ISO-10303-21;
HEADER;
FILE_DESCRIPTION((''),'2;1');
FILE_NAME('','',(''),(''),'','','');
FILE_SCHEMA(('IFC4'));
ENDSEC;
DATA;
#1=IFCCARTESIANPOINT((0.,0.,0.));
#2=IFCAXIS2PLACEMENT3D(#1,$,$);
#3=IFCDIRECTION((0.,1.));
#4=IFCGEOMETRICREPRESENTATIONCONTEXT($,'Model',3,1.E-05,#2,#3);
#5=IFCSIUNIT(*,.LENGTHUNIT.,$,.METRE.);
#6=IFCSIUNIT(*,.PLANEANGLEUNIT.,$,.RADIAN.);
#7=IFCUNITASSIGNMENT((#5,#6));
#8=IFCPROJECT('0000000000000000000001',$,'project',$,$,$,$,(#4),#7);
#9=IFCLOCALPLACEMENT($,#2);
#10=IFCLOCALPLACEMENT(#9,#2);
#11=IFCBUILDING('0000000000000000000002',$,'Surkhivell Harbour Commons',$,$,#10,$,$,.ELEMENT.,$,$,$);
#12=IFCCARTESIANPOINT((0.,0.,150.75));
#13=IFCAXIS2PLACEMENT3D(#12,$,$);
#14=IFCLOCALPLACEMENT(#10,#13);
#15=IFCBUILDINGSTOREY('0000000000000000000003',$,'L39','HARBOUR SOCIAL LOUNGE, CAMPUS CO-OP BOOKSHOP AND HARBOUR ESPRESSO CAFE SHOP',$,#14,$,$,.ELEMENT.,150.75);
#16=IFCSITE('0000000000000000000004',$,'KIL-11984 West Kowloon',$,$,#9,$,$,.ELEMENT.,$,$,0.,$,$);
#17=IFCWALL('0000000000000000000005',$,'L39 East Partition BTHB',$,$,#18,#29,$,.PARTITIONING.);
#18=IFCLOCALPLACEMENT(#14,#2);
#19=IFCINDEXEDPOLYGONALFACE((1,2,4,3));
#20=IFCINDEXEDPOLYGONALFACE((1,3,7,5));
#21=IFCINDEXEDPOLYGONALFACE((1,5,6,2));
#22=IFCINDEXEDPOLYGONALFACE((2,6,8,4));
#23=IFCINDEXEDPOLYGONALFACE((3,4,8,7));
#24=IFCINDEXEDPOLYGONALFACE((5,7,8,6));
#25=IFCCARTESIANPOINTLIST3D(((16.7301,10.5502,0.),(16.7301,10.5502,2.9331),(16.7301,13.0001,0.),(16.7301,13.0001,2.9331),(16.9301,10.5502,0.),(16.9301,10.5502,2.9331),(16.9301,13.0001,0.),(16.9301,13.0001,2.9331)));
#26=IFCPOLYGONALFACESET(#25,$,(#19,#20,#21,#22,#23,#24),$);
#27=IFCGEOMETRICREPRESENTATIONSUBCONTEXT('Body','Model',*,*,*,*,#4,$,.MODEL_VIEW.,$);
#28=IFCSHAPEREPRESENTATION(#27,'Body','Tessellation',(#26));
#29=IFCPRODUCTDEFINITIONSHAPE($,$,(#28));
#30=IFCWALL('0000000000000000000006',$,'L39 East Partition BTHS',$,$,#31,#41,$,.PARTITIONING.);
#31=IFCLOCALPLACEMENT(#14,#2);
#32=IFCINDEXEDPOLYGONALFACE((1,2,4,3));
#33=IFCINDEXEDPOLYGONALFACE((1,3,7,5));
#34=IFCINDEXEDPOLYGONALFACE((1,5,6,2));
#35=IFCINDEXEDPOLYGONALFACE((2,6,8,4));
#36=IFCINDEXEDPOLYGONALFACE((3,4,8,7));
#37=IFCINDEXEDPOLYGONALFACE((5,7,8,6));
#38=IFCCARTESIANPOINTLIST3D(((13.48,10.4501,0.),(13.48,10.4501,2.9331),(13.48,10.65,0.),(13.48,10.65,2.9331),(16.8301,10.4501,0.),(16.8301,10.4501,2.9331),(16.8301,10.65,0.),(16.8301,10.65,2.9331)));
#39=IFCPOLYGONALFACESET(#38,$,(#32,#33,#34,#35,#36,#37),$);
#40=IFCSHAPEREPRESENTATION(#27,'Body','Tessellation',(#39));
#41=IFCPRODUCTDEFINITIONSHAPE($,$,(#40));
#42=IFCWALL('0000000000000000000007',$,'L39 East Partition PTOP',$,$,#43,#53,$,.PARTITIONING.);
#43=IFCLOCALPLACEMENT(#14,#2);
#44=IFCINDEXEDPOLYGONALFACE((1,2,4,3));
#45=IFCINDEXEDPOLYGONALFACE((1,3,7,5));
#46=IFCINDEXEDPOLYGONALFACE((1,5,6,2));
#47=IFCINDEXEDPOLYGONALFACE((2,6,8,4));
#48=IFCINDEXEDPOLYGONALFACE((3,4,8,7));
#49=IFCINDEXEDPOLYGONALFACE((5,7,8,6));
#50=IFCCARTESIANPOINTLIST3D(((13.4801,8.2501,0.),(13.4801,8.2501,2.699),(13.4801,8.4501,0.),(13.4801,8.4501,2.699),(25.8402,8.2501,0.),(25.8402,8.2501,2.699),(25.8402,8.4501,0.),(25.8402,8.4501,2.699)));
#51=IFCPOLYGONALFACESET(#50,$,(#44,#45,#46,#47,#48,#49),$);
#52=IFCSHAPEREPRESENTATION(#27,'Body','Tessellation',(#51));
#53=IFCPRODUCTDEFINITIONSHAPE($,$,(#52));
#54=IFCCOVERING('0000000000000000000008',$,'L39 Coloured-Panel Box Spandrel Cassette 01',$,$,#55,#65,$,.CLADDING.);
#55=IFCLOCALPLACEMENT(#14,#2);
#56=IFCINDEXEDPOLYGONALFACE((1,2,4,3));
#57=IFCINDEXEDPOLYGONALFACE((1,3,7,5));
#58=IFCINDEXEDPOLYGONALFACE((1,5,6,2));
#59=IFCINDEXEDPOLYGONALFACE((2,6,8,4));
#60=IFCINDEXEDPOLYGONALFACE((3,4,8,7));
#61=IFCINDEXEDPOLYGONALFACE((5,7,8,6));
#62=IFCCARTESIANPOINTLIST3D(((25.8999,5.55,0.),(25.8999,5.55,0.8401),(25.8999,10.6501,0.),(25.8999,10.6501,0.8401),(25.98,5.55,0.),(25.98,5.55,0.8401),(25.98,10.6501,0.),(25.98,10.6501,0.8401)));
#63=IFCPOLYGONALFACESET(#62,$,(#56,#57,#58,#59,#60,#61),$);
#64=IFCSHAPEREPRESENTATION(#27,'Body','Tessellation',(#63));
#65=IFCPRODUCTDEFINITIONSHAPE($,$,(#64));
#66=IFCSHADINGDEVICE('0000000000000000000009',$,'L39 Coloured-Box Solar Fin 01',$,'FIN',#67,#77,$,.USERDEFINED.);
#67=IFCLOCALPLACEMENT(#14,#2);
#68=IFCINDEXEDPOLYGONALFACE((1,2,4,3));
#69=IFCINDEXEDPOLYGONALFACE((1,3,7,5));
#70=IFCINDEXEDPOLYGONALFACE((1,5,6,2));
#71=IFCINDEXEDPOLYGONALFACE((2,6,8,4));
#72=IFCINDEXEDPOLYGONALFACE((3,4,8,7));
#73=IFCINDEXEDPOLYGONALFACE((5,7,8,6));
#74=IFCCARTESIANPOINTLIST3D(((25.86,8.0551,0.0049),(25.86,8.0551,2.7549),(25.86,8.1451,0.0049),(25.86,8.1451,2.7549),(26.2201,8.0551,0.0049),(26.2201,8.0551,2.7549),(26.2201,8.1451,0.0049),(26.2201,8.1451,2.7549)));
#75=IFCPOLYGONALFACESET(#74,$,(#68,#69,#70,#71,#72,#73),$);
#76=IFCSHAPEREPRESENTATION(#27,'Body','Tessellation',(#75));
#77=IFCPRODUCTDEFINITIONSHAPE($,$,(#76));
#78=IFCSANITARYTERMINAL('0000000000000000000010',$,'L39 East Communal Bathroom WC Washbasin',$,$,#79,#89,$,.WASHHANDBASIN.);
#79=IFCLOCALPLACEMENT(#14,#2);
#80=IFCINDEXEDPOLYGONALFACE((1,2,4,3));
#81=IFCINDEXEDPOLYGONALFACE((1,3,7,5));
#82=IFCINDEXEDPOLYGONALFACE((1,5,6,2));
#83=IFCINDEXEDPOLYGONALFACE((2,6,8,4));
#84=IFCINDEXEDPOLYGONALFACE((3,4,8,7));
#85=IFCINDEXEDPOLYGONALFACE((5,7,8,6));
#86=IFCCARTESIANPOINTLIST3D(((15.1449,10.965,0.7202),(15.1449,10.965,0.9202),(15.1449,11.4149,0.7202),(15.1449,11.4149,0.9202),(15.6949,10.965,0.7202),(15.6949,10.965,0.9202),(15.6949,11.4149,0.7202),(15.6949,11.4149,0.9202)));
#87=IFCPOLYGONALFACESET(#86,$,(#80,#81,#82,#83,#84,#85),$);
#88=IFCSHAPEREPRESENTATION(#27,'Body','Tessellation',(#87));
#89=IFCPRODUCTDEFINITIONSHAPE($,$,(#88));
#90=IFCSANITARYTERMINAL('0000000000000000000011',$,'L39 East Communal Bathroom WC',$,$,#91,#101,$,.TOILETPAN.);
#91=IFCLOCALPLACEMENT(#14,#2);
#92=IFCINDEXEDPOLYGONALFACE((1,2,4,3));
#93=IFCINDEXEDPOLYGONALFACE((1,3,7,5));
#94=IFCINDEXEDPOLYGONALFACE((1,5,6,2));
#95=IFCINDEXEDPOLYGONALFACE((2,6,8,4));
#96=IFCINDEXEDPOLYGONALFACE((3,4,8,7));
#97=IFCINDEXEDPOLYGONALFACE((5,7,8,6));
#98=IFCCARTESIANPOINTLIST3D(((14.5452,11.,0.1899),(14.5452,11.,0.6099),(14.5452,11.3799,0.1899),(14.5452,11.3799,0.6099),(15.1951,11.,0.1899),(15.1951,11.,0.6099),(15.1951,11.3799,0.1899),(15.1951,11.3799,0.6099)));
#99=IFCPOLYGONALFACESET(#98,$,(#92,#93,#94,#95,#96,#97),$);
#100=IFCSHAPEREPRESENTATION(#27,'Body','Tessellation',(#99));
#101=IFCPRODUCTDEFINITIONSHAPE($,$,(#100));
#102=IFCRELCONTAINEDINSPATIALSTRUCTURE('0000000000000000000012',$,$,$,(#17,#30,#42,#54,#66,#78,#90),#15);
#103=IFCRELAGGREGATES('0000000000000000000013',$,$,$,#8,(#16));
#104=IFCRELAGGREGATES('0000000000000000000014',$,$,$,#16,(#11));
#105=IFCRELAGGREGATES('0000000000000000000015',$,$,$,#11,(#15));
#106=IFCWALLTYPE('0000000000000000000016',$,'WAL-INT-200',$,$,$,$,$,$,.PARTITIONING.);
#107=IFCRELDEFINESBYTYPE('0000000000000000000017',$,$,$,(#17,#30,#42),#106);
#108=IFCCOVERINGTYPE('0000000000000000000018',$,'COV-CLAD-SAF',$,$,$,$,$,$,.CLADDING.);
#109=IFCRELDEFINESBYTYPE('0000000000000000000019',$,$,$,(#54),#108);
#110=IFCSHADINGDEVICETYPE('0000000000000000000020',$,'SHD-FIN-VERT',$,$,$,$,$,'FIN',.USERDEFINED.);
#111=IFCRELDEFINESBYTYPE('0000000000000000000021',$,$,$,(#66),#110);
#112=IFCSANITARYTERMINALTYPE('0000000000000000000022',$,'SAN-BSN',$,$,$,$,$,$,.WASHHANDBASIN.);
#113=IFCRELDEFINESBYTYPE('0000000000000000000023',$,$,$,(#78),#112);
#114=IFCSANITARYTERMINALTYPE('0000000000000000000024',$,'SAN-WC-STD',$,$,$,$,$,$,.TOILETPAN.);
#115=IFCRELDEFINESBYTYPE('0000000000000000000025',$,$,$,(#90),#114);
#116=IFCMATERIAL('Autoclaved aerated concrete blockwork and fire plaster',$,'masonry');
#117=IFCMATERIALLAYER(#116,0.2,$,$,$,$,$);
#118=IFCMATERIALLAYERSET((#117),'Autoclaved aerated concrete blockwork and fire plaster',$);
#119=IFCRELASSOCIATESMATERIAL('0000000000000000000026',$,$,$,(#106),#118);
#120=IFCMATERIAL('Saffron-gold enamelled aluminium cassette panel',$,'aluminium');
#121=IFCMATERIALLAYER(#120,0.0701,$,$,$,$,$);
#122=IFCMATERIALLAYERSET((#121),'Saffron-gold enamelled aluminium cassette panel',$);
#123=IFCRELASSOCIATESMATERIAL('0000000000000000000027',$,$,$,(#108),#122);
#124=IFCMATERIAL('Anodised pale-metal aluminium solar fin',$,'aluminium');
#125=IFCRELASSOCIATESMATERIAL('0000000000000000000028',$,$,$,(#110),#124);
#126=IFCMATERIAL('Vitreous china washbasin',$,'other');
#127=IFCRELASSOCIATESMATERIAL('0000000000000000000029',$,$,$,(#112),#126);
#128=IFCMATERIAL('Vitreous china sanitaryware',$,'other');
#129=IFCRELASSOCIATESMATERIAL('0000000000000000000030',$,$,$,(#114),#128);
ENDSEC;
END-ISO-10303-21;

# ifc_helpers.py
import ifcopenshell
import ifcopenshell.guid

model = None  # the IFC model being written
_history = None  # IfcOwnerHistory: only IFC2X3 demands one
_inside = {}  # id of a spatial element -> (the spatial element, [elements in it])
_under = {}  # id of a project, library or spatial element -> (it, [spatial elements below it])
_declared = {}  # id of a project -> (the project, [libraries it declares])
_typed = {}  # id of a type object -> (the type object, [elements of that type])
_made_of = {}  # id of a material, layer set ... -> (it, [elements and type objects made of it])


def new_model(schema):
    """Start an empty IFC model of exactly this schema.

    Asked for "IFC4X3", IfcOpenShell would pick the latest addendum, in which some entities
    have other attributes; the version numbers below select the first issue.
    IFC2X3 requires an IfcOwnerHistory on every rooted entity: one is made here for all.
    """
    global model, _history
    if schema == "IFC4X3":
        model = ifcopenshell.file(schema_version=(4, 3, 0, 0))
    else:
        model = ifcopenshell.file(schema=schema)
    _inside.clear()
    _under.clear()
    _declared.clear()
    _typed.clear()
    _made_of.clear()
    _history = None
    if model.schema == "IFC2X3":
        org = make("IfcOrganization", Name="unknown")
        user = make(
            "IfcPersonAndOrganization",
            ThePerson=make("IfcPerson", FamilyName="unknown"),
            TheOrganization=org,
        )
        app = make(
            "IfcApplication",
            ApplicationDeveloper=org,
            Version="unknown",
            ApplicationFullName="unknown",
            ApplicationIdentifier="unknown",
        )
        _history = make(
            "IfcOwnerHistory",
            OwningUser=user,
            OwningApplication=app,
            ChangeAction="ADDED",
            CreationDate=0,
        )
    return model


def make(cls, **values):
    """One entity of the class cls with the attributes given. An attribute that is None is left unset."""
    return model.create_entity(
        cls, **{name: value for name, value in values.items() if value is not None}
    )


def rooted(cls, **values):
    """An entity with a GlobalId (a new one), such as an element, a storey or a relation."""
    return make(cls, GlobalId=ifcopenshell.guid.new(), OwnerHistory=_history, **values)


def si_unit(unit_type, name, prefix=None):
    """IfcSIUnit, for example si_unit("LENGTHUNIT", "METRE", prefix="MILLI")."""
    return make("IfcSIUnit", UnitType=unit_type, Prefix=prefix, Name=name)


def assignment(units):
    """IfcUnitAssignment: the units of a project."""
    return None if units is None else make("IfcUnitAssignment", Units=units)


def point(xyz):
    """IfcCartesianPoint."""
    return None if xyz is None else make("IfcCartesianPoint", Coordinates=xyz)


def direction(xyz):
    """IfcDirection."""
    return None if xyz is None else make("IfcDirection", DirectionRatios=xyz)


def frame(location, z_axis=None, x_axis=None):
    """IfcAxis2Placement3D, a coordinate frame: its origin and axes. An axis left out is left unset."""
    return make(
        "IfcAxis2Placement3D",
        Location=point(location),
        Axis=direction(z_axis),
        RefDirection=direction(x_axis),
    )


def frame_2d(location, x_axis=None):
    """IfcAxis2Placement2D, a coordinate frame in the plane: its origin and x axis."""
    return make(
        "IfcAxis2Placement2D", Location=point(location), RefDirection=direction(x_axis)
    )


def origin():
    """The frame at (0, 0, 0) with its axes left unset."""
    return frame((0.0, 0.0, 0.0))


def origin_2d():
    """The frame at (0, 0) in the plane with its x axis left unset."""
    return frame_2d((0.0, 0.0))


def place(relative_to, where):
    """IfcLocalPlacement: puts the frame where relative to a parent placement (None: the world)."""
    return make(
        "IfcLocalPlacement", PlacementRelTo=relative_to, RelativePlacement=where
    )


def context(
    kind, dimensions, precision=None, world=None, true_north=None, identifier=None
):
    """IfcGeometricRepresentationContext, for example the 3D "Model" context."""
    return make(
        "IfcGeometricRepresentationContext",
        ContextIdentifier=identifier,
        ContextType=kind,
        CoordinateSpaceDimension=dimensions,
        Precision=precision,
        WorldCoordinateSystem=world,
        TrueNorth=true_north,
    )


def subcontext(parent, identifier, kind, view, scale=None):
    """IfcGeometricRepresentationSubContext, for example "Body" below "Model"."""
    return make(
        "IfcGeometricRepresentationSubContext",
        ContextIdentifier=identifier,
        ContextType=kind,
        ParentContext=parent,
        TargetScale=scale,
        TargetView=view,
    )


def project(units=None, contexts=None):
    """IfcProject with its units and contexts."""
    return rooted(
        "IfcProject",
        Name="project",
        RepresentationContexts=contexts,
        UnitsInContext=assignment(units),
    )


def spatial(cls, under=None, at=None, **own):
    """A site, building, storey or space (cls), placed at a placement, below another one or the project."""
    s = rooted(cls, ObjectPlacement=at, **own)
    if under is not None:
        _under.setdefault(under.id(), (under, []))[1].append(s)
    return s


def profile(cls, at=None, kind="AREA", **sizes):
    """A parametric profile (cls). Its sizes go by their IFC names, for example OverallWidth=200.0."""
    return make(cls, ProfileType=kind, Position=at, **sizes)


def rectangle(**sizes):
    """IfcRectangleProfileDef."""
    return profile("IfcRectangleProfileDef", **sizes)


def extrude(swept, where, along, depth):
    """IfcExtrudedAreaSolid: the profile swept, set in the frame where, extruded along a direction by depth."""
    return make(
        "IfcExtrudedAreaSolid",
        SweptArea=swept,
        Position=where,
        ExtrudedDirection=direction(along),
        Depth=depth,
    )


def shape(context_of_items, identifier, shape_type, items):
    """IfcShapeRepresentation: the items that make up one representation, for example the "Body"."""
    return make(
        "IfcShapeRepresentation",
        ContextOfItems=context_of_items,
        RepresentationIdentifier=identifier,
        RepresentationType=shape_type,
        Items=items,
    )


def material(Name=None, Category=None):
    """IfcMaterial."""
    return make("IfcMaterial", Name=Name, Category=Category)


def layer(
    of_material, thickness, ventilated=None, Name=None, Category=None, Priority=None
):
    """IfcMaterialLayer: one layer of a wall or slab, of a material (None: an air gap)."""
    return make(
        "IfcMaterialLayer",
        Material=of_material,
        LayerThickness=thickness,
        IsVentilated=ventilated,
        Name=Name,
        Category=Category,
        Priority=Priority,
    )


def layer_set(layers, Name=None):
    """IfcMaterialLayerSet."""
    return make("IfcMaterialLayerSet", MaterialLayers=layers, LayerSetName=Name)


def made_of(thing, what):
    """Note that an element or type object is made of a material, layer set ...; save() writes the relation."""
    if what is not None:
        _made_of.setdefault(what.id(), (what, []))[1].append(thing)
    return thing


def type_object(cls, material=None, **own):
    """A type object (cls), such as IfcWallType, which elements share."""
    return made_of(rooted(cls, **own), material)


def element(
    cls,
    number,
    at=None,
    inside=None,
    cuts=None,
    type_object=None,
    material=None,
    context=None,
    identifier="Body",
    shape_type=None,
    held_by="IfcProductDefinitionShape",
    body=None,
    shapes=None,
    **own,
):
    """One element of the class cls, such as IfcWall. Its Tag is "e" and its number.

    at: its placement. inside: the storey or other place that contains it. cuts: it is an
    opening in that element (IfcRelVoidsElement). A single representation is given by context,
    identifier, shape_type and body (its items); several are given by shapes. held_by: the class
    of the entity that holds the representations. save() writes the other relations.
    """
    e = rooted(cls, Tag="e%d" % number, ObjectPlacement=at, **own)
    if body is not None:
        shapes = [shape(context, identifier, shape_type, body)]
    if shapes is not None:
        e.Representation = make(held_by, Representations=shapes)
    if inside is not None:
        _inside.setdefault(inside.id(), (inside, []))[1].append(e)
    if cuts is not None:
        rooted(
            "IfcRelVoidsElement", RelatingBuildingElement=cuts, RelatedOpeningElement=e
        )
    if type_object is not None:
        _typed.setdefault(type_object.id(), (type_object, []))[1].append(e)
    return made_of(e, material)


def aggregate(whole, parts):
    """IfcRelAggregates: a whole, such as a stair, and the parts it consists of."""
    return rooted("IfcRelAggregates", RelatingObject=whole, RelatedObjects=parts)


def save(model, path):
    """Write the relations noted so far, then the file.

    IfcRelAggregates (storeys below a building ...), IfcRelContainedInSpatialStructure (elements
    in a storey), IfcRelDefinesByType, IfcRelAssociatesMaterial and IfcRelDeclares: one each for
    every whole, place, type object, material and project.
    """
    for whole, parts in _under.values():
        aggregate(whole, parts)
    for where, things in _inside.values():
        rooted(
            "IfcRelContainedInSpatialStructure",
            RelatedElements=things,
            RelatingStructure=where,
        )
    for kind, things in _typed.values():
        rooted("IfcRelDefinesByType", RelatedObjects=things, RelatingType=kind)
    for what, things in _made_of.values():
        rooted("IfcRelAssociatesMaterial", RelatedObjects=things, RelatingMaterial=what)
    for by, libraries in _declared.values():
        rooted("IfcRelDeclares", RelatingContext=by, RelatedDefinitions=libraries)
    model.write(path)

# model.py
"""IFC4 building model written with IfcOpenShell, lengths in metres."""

from ifc_helpers import new_model, si_unit, direction, frame, frame_2d, origin, origin_2d, place, context, subcontext, project, spatial, rectangle, extrude, material, layer, layer_set, type_object, element, save


model = new_model("IFC4")

# Units and contexts
model_context = context("Model", 3, precision=1e-05, world=origin(), true_north=direction((0.0, 1.0)))
body_context = subcontext(model_context, "Body", "Model", "MODEL_VIEW")
ifc_project = project(units=[si_unit("LENGTHUNIT", "METRE"), si_unit("PLANEANGLEUNIT", "RADIAN")], contexts=[model_context])

# Site, building, storey
site_placement = place(None, origin())
site = spatial("IfcSite", under=ifc_project, at=site_placement, Name="KIL-11984 West Kowloon", CompositionType="ELEMENT", RefElevation=0.0)
building_placement = place(site_placement, origin())
building = spatial("IfcBuilding", under=site, at=building_placement, Name="Surkhivell Harbour Commons", CompositionType="ELEMENT")
storey_placement = place(building_placement, frame((0.0, 0.0, 150.75)))
storey = spatial("IfcBuildingStorey", under=building, at=storey_placement, Name="L39", Description="HARBOUR SOCIAL LOUNGE, CAMPUS CO-OP BOOKSHOP AND HARBOUR ESPRESSO CAFE SHOP", CompositionType="ELEMENT", Elevation=150.75)

# Walls
ifc_material_1 = material(Name="Autoclaved aerated concrete blockwork and fire plaster", Category="masonry")
ifc_layer_1 = layer(ifc_material_1, 0.2)
ifc_layer_set_1 = layer_set([ifc_layer_1], Name="Autoclaved aerated concrete blockwork and fire plaster")
wall_type_1 = type_object("IfcWallType", Name="WAL-INT-200", PredefinedType="PARTITIONING", material=ifc_layer_set_1)
wall_1_placement = place(storey_placement, frame((16.8301, 10.55, 0.0), z_axis=(0.0, 0.0, 1.0), x_axis=(0.0, 1.0, 0.0)))
element("IfcWall", 1, at=wall_1_placement, inside=storey, type_object=wall_type_1, Name="L39 East Partition BTHB", PredefinedType="PARTITIONING", context=body_context, shape_type="SweptSolid", body=[
    extrude(rectangle(XDim=2.45, YDim=0.2, at=frame_2d((1.2251, 0.0))), origin(), (0.0, 0.0, 1.0), 2.9331),
])
wall_2_placement = place(storey_placement, frame((13.48, 10.55, 0.0), z_axis=(0.0, 0.0, 1.0), x_axis=(1.0, 0.0, 0.0)))
element("IfcWall", 2, at=wall_2_placement, inside=storey, type_object=wall_type_1, Name="L39 East Partition BTHS", PredefinedType="PARTITIONING", context=body_context, shape_type="SweptSolid", body=[
    extrude(rectangle(XDim=3.3501, YDim=0.2, at=frame_2d((1.675, 0.0))), origin(), (0.0, 0.0, 1.0), 2.9331),
])
wall_3_placement = place(storey_placement, frame((13.48, 8.3501, 0.0), z_axis=(0.0, 0.0, 1.0), x_axis=(1.0, 0.0, 0.0)))
element("IfcWall", 3, at=wall_3_placement, inside=storey, type_object=wall_type_1, Name="L39 East Partition PTOP", PredefinedType="PARTITIONING", context=body_context, shape_type="SweptSolid", body=[
    extrude(rectangle(XDim=12.3601, YDim=0.2, at=frame_2d((6.1802, 0.0))), origin(), (0.0, 0.0, 1.0), 2.699),
])

# Covering
ifc_material_2 = material(Name="Saffron-gold enamelled aluminium cassette panel", Category="aluminium")
ifc_layer_2 = layer(ifc_material_2, 0.0701)
ifc_layer_set_2 = layer_set([ifc_layer_2], Name="Saffron-gold enamelled aluminium cassette panel")
covering_type = type_object("IfcCoveringType", Name="COV-CLAD-SAF", PredefinedType="CLADDING", material=ifc_layer_set_2)
covering_placement = place(storey_placement, frame((25.9399, 8.1001, 0.0), z_axis=(0.0, 0.0, 1.0), x_axis=(1.0, 0.0, 0.0)))
element("IfcCovering", 4, at=covering_placement, inside=storey, type_object=covering_type, Name="L39 Coloured-Panel Box Spandrel Cassette 01", PredefinedType="CLADDING", context=body_context, shape_type="SweptSolid", body=[
    extrude(rectangle(XDim=0.0801, YDim=5.1001, at=origin_2d()), origin(), (0.0, 0.0, 1.0), 0.8401),
])

# Shading device
ifc_material_3 = material(Name="Anodised pale-metal aluminium solar fin", Category="aluminium")
shading_device_type = type_object("IfcShadingDeviceType", Name="SHD-FIN-VERT", ElementType="FIN", PredefinedType="USERDEFINED", material=ifc_material_3)
shading_device_placement = place(storey_placement, frame((26.04, 8.1001, 0.0049), z_axis=(0.0, 0.0, 1.0), x_axis=(1.0, 0.0, 0.0)))
element("IfcShadingDevice", 5, at=shading_device_placement, inside=storey, type_object=shading_device_type, Name="L39 Coloured-Box Solar Fin 01", ObjectType="FIN", PredefinedType="USERDEFINED", context=body_context, shape_type="SweptSolid", body=[
    extrude(rectangle(XDim=0.3601, YDim=0.0901, at=origin_2d()), origin(), (0.0, 0.0, 1.0), 2.75),
])

# Sanitary terminals
ifc_material_4 = material(Name="Vitreous china washbasin", Category="other")
sanitary_terminal_type_1 = type_object("IfcSanitaryTerminalType", Name="SAN-BSN", PredefinedType="WASHHANDBASIN", material=ifc_material_4)
sanitary_terminal_1_placement = place(storey_placement, frame((15.4199, 11.1899, 0.7202), z_axis=(0.0, 0.0, 1.0), x_axis=(1.0, 0.0, 0.0)))
element("IfcSanitaryTerminal", 6, at=sanitary_terminal_1_placement, inside=storey, type_object=sanitary_terminal_type_1, Name="L39 East Communal Bathroom WC Washbasin", PredefinedType="WASHHANDBASIN", context=body_context, shape_type="SweptSolid", body=[
    extrude(rectangle(XDim=0.55, YDim=0.45, at=origin_2d()), origin(), (0.0, 0.0, 1.0), 0.2),
])
ifc_material_5 = material(Name="Vitreous china sanitaryware", Category="other")
sanitary_terminal_type_2 = type_object("IfcSanitaryTerminalType", Name="SAN-WC-STD", PredefinedType="TOILETPAN", material=ifc_material_5)
sanitary_terminal_2_placement = place(storey_placement, frame((14.8701, 11.1899, 0.1899), z_axis=(0.0, 0.0, 1.0), x_axis=(1.0, 0.0, 0.0)))
element("IfcSanitaryTerminal", 7, at=sanitary_terminal_2_placement, inside=storey, type_object=sanitary_terminal_type_2, Name="L39 East Communal Bathroom WC", PredefinedType="TOILETPAN", context=body_context, shape_type="SweptSolid", body=[
    extrude(rectangle(XDim=0.6499, YDim=0.3799, at=origin_2d()), origin(), (0.0, 0.0, 1.0), 0.4199),
])

save(model, "model.ifc")
